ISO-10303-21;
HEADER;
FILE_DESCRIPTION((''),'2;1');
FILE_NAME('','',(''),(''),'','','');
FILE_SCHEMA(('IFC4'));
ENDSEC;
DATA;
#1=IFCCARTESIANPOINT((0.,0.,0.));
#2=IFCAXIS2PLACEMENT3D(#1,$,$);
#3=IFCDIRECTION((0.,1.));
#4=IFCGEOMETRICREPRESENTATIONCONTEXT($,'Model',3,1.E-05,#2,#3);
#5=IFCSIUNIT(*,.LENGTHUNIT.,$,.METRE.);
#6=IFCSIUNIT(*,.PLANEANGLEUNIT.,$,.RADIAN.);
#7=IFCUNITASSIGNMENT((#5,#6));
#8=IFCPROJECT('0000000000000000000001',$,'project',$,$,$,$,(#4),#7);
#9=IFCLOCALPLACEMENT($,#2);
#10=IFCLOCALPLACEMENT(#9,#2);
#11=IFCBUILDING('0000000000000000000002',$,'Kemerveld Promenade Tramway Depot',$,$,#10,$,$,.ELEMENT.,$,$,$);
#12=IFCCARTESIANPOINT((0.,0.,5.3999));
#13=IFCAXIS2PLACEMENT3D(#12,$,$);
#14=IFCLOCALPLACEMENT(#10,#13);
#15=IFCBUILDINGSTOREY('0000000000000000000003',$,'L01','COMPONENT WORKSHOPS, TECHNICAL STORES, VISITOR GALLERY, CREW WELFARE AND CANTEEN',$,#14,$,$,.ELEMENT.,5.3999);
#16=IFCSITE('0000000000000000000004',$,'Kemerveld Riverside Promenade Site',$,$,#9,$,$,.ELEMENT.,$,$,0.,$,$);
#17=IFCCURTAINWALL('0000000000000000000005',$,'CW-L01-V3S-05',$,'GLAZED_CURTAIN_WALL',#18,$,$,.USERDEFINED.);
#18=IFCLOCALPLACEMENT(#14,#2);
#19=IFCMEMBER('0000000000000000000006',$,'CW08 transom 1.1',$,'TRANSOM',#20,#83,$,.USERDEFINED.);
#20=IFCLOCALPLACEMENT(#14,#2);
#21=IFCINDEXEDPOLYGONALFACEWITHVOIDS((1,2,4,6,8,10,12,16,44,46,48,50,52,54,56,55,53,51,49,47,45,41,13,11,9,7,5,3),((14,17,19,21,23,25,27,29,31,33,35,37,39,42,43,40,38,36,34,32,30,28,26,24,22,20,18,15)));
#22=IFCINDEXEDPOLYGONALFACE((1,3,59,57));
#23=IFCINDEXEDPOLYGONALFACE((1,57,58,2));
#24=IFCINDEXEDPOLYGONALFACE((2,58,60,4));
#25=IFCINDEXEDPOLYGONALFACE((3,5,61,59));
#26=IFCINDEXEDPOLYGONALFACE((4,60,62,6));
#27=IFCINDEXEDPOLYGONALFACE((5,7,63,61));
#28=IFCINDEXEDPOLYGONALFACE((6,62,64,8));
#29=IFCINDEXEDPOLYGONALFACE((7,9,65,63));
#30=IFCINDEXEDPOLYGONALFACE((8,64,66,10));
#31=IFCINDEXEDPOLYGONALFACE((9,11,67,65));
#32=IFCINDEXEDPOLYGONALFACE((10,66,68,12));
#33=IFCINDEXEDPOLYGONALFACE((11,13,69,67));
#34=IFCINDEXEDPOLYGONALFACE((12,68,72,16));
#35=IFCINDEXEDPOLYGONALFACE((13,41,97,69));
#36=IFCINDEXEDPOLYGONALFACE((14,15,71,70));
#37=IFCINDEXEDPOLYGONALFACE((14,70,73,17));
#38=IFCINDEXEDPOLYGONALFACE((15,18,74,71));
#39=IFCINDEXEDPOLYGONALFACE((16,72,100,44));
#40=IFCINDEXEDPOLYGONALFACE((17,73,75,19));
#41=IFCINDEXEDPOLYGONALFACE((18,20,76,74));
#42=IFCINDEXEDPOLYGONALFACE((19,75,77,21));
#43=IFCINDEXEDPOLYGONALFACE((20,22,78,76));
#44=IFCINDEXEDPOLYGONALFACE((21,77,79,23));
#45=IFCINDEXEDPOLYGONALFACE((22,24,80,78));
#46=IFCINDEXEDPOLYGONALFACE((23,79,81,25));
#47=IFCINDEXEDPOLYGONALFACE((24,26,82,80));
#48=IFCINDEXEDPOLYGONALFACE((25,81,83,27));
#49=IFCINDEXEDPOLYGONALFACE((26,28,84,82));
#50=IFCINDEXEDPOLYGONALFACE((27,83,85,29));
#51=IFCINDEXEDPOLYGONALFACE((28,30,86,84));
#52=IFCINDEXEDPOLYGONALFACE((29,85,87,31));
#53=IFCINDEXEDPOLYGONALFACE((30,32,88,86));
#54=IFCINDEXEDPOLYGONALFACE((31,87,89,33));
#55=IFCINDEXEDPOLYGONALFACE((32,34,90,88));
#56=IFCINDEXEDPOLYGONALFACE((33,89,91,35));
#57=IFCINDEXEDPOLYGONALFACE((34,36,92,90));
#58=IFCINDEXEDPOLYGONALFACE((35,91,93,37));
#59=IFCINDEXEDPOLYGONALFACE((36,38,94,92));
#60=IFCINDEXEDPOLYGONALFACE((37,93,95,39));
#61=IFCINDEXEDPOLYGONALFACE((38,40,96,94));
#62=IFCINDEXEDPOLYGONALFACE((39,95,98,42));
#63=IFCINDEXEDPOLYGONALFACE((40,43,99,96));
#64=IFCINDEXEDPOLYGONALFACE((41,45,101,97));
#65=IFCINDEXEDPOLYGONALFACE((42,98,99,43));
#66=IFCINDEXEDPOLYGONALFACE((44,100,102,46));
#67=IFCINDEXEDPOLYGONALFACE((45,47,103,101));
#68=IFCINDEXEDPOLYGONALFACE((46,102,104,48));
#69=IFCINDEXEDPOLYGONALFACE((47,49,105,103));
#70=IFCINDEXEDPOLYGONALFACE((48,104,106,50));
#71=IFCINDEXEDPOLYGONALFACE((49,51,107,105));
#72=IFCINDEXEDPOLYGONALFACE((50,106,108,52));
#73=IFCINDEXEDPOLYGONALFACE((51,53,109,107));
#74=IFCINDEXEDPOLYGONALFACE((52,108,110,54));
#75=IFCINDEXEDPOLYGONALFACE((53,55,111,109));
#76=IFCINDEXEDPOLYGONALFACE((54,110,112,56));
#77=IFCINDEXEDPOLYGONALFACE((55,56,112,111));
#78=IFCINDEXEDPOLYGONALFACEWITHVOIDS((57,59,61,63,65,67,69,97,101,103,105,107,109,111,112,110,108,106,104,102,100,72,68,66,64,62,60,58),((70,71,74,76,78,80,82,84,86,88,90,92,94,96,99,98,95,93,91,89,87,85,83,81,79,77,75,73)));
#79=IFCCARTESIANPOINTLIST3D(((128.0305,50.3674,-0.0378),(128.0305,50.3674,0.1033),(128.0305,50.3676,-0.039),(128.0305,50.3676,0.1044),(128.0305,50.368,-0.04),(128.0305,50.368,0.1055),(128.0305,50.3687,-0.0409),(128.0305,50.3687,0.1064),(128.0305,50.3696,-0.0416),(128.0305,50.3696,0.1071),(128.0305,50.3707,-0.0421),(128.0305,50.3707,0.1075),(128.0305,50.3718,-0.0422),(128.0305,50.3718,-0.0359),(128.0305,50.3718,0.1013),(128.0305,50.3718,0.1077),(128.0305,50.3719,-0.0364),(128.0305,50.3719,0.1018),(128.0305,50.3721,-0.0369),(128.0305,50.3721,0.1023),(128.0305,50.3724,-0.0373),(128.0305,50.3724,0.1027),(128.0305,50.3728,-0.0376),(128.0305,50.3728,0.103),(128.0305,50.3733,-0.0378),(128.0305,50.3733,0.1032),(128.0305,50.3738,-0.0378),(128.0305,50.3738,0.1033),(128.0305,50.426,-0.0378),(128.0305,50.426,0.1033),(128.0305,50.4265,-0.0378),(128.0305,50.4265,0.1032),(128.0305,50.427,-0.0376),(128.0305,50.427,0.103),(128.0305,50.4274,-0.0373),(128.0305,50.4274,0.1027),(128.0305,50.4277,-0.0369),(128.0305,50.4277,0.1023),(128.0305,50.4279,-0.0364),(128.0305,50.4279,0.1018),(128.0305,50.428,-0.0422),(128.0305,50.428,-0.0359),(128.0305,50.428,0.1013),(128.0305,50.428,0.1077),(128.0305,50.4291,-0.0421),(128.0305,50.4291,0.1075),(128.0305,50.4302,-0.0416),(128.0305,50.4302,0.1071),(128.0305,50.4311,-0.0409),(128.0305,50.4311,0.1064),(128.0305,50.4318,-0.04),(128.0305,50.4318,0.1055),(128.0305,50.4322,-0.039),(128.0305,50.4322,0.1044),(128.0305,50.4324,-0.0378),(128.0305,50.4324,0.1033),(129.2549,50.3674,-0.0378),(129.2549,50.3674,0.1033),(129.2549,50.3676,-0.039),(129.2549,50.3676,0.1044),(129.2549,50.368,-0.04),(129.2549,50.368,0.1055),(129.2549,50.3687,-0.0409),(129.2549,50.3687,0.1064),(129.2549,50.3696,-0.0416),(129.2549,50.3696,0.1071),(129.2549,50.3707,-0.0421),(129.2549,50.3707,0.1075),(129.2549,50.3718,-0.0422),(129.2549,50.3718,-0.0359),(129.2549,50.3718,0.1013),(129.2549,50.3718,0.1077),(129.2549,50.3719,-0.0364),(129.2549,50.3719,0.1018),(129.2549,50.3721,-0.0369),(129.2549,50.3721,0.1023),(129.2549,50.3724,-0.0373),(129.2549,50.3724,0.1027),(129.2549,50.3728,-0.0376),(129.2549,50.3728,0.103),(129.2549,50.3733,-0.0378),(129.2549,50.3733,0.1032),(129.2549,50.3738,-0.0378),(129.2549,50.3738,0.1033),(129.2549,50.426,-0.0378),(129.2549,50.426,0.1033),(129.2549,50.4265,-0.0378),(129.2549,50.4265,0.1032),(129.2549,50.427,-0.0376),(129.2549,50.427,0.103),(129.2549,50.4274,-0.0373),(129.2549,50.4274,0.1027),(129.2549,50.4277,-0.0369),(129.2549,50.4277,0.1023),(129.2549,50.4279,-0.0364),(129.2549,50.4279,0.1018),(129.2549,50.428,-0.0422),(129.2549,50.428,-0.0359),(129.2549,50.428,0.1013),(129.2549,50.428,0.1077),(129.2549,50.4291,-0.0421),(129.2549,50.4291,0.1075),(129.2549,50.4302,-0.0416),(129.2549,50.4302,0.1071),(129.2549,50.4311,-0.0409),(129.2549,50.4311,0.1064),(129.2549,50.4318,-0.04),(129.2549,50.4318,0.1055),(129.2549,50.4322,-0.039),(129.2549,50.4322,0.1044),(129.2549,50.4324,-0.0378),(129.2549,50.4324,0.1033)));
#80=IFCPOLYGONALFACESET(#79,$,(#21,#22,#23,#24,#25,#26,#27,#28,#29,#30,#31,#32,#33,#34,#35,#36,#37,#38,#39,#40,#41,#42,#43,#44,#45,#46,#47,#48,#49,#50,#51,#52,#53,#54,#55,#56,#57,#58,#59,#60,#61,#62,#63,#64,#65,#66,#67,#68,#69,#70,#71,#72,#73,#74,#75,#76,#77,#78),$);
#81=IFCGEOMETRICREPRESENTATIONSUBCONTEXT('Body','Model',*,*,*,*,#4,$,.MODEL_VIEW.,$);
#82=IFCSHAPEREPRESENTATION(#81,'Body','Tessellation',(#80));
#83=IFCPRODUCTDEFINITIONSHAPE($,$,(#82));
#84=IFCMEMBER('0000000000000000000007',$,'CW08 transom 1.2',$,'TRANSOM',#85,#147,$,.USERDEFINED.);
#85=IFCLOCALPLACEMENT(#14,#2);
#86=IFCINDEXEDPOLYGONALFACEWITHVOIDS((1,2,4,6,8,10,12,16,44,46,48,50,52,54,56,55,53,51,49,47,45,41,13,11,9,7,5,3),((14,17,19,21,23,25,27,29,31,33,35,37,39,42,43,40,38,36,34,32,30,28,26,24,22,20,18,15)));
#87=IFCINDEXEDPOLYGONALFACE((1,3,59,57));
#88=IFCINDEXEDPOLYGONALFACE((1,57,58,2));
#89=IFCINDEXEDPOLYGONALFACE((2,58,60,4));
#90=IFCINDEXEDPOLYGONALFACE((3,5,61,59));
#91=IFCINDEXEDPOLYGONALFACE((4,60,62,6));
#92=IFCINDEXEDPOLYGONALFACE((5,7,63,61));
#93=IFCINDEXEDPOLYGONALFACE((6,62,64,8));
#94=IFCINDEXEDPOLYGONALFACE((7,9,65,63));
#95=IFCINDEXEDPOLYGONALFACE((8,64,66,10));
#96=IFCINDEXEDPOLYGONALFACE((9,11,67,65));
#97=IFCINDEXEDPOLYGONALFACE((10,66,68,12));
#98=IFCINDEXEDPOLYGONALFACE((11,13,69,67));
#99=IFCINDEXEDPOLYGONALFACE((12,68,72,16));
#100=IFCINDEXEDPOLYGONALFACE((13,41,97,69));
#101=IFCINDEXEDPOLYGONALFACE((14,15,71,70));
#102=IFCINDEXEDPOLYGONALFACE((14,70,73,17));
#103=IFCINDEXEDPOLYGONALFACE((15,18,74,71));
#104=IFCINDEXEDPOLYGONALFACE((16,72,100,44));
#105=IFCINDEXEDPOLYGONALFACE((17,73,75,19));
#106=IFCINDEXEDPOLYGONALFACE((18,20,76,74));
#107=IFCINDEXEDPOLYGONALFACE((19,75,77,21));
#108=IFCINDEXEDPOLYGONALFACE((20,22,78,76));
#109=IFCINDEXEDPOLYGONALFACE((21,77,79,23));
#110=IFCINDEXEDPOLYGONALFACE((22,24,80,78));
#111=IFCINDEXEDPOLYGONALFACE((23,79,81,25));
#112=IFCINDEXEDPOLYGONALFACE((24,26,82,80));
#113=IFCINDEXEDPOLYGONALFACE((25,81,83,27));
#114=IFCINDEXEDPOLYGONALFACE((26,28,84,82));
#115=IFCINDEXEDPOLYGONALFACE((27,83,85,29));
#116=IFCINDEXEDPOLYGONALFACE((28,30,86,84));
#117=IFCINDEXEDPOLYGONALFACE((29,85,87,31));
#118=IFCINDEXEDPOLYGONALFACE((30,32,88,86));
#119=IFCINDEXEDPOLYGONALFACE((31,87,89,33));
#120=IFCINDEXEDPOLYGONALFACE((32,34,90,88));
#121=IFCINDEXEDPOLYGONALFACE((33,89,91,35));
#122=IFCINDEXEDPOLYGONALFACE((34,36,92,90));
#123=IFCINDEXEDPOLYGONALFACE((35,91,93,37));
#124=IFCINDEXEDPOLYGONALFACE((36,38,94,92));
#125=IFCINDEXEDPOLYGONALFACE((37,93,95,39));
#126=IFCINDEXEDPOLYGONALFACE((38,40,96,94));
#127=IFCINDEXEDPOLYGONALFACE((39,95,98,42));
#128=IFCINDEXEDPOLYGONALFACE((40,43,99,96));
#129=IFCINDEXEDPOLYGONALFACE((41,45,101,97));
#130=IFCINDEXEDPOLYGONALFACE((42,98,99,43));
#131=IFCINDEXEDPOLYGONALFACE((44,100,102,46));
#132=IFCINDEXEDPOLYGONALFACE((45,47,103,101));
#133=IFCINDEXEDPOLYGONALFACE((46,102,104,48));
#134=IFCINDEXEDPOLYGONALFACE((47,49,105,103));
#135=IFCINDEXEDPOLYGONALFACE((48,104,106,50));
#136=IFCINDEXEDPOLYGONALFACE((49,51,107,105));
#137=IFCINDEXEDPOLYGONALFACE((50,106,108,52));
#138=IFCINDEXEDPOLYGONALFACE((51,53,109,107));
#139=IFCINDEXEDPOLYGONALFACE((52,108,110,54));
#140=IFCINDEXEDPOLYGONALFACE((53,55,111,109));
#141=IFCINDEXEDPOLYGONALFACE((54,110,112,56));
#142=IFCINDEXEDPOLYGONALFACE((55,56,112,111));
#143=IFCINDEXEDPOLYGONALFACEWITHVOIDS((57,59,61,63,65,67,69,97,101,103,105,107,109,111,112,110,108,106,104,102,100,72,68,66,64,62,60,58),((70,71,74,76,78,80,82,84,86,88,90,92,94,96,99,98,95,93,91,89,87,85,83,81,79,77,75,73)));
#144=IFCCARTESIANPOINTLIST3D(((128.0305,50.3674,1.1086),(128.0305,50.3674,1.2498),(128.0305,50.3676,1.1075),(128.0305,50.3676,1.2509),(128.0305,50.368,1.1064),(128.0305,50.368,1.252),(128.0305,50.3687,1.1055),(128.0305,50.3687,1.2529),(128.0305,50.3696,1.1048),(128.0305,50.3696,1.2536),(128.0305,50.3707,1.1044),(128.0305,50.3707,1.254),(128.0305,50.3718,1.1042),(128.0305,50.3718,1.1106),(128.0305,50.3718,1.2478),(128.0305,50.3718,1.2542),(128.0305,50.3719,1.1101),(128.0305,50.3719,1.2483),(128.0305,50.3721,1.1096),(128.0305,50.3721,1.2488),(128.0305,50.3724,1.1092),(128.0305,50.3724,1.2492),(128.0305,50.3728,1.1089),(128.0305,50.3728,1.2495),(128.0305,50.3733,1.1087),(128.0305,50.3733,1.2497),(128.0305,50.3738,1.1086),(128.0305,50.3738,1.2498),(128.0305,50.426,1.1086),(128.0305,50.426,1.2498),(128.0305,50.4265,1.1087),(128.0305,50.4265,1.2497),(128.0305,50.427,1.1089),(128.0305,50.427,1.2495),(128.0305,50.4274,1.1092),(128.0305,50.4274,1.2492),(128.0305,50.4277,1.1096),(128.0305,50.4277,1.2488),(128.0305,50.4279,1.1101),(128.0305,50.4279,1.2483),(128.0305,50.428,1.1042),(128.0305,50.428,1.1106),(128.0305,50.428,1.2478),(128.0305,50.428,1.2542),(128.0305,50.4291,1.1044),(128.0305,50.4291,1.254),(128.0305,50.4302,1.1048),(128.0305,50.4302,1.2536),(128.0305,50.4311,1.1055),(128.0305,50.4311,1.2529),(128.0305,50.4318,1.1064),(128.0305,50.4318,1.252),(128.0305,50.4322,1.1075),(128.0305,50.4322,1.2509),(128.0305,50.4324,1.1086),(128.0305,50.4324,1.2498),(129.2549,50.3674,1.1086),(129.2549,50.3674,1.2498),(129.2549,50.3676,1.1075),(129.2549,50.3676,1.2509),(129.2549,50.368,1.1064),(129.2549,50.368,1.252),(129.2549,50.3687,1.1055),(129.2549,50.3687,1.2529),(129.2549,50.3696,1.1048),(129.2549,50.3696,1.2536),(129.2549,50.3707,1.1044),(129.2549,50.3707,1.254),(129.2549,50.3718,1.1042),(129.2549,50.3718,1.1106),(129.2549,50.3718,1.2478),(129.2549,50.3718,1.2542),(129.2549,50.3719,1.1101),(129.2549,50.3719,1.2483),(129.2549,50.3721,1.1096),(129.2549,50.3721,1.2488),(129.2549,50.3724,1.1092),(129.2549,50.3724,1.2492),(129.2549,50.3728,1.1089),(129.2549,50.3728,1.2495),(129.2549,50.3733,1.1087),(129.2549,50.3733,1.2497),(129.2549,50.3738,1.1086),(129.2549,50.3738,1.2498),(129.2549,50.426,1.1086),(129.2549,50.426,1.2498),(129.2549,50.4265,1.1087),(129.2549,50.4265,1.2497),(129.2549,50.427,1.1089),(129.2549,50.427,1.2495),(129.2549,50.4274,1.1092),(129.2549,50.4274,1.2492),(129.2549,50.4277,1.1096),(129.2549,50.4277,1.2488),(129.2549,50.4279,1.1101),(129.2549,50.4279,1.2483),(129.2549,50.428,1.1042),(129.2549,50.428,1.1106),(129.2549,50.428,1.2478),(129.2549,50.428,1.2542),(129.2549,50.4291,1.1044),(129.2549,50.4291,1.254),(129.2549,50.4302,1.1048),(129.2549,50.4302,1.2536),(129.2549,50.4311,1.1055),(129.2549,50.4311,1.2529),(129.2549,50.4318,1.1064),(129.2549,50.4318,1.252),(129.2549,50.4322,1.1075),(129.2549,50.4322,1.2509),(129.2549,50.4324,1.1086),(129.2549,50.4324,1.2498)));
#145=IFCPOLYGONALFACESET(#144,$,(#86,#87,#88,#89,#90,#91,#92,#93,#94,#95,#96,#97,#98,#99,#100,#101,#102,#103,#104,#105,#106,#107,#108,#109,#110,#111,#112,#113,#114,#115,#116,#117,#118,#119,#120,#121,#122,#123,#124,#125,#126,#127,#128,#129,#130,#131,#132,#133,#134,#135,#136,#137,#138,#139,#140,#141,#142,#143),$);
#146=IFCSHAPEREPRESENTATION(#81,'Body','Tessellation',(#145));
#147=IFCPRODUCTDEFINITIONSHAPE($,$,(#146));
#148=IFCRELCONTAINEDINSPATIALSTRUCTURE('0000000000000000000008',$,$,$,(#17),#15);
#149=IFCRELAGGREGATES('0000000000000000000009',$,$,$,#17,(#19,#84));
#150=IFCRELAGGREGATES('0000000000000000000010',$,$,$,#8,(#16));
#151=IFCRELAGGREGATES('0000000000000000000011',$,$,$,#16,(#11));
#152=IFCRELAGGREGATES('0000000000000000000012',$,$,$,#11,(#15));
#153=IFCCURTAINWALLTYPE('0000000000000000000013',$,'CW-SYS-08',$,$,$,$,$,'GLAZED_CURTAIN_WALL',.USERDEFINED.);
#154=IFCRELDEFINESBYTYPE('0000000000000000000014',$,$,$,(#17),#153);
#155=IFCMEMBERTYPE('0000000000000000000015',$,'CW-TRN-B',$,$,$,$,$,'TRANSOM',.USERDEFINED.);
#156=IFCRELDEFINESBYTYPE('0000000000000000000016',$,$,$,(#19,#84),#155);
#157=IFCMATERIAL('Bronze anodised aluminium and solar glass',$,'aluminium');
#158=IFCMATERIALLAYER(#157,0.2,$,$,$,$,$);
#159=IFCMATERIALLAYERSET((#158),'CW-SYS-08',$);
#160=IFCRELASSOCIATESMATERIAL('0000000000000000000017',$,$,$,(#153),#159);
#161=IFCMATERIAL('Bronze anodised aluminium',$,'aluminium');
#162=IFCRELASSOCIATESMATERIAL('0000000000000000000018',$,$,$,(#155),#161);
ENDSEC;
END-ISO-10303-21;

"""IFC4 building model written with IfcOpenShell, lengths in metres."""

from ifc_helpers import new_model, si_unit, direction, frame, origin, origin_2d, place, context, subcontext, project, spatial, hollow_rectangle, extrude, material, layer, layer_set, material_profile, profile_set, type_object, element, aggregate, save


model = new_model("IFC4")

# Units and contexts
model_context = context("Model", 3, precision=1e-05, world=origin(), true_north=direction((0.0, 1.0)))
body_context = subcontext(model_context, "Body", "Model", "MODEL_VIEW")
ifc_project = project(units=[si_unit("LENGTHUNIT", "METRE"), si_unit("PLANEANGLEUNIT", "RADIAN")], contexts=[model_context])

# Site, building, storey
site_placement = place(None, origin())
site = spatial("IfcSite", under=ifc_project, at=site_placement, Name="Kemerveld Riverside Promenade Site", CompositionType="ELEMENT", RefElevation=0.0)
building_placement = place(site_placement, origin())
building = spatial("IfcBuilding", under=site, at=building_placement, Name="Kemerveld Promenade Tramway Depot", CompositionType="ELEMENT")
storey_placement = place(building_placement, frame((0.0, 0.0, 5.3999)))
storey = spatial("IfcBuildingStorey", under=building, at=storey_placement, Name="L01", Description="COMPONENT WORKSHOPS, TECHNICAL STORES, VISITOR GALLERY, CREW WELFARE AND CANTEEN", CompositionType="ELEMENT", Elevation=5.3999)

# Curtain wall, members
ifc_material_1 = material(Name="Bronze anodised aluminium and solar glass", Category="aluminium")
ifc_layer_1 = layer(ifc_material_1, 0.2)
ifc_layer_set_1 = layer_set([ifc_layer_1], Name="CW-SYS-08")
curtain_wall_type = type_object("IfcCurtainWallType", Name="CW-SYS-08", ElementType="GLAZED_CURTAIN_WALL", PredefinedType="USERDEFINED", material=ifc_layer_set_1)
curtain_wall_placement = place(storey_placement, origin())
curtain_wall = element("IfcCurtainWall", 1, at=curtain_wall_placement, inside=storey, type_object=curtain_wall_type, Name="CW-L01-V3S-05", ObjectType="GLAZED_CURTAIN_WALL", PredefinedType="USERDEFINED")
ifc_material_2 = material(Name="Bronze anodised aluminium", Category="aluminium")
ifc_material_profile_1 = material_profile(ifc_material_2, hollow_rectangle(XDim=0.0649, YDim=0.1499, WallThickness=0.0044, InnerFilletRadius=0.002, OuterFilletRadius=0.0044, at=origin_2d()), Name="CW-TRN-150x65")
ifc_profile_set_1 = profile_set([ifc_material_profile_1], Name="Bronze anodised aluminium")
member_type_1 = type_object("IfcMemberType", Name="CW-TRN-B", ElementType="TRANSOM", PredefinedType="USERDEFINED", material=ifc_profile_set_1)
member_1_placement = place(storey_placement, frame((129.2549, 50.3999, 0.0327), z_axis=(-1.0, 0.0, 0.0), x_axis=(0.0, -1.0, 0.0)))
member_1 = element("IfcMember", 2, at=member_1_placement, type_object=member_type_1, Name="CW08 transom 1.1", ObjectType="TRANSOM", PredefinedType="USERDEFINED", context=body_context, shape_type="SweptSolid", body=[
    extrude(hollow_rectangle(XDim=0.0649, YDim=0.1499, WallThickness=0.0044, InnerFilletRadius=0.002, OuterFilletRadius=0.0044, at=origin_2d()), origin(), (0.0, 0.0, 1.0), 1.2244),
])
member_2_placement = place(storey_placement, frame((129.2549, 50.3999, 1.1792), z_axis=(-1.0, 0.0, 0.0), x_axis=(0.0, -1.0, 0.0)))
member_2 = element("IfcMember", 3, at=member_2_placement, type_object=member_type_1, Name="CW08 transom 1.2", ObjectType="TRANSOM", PredefinedType="USERDEFINED", context=body_context, shape_type="SweptSolid", body=[
    extrude(hollow_rectangle(XDim=0.0649, YDim=0.1499, WallThickness=0.0044, InnerFilletRadius=0.002, OuterFilletRadius=0.0044, at=origin_2d()), origin(), (0.0, 0.0, 1.0), 1.2244),
])
aggregate(curtain_wall, [member_1, member_2])

save(model, "model.ifc")
